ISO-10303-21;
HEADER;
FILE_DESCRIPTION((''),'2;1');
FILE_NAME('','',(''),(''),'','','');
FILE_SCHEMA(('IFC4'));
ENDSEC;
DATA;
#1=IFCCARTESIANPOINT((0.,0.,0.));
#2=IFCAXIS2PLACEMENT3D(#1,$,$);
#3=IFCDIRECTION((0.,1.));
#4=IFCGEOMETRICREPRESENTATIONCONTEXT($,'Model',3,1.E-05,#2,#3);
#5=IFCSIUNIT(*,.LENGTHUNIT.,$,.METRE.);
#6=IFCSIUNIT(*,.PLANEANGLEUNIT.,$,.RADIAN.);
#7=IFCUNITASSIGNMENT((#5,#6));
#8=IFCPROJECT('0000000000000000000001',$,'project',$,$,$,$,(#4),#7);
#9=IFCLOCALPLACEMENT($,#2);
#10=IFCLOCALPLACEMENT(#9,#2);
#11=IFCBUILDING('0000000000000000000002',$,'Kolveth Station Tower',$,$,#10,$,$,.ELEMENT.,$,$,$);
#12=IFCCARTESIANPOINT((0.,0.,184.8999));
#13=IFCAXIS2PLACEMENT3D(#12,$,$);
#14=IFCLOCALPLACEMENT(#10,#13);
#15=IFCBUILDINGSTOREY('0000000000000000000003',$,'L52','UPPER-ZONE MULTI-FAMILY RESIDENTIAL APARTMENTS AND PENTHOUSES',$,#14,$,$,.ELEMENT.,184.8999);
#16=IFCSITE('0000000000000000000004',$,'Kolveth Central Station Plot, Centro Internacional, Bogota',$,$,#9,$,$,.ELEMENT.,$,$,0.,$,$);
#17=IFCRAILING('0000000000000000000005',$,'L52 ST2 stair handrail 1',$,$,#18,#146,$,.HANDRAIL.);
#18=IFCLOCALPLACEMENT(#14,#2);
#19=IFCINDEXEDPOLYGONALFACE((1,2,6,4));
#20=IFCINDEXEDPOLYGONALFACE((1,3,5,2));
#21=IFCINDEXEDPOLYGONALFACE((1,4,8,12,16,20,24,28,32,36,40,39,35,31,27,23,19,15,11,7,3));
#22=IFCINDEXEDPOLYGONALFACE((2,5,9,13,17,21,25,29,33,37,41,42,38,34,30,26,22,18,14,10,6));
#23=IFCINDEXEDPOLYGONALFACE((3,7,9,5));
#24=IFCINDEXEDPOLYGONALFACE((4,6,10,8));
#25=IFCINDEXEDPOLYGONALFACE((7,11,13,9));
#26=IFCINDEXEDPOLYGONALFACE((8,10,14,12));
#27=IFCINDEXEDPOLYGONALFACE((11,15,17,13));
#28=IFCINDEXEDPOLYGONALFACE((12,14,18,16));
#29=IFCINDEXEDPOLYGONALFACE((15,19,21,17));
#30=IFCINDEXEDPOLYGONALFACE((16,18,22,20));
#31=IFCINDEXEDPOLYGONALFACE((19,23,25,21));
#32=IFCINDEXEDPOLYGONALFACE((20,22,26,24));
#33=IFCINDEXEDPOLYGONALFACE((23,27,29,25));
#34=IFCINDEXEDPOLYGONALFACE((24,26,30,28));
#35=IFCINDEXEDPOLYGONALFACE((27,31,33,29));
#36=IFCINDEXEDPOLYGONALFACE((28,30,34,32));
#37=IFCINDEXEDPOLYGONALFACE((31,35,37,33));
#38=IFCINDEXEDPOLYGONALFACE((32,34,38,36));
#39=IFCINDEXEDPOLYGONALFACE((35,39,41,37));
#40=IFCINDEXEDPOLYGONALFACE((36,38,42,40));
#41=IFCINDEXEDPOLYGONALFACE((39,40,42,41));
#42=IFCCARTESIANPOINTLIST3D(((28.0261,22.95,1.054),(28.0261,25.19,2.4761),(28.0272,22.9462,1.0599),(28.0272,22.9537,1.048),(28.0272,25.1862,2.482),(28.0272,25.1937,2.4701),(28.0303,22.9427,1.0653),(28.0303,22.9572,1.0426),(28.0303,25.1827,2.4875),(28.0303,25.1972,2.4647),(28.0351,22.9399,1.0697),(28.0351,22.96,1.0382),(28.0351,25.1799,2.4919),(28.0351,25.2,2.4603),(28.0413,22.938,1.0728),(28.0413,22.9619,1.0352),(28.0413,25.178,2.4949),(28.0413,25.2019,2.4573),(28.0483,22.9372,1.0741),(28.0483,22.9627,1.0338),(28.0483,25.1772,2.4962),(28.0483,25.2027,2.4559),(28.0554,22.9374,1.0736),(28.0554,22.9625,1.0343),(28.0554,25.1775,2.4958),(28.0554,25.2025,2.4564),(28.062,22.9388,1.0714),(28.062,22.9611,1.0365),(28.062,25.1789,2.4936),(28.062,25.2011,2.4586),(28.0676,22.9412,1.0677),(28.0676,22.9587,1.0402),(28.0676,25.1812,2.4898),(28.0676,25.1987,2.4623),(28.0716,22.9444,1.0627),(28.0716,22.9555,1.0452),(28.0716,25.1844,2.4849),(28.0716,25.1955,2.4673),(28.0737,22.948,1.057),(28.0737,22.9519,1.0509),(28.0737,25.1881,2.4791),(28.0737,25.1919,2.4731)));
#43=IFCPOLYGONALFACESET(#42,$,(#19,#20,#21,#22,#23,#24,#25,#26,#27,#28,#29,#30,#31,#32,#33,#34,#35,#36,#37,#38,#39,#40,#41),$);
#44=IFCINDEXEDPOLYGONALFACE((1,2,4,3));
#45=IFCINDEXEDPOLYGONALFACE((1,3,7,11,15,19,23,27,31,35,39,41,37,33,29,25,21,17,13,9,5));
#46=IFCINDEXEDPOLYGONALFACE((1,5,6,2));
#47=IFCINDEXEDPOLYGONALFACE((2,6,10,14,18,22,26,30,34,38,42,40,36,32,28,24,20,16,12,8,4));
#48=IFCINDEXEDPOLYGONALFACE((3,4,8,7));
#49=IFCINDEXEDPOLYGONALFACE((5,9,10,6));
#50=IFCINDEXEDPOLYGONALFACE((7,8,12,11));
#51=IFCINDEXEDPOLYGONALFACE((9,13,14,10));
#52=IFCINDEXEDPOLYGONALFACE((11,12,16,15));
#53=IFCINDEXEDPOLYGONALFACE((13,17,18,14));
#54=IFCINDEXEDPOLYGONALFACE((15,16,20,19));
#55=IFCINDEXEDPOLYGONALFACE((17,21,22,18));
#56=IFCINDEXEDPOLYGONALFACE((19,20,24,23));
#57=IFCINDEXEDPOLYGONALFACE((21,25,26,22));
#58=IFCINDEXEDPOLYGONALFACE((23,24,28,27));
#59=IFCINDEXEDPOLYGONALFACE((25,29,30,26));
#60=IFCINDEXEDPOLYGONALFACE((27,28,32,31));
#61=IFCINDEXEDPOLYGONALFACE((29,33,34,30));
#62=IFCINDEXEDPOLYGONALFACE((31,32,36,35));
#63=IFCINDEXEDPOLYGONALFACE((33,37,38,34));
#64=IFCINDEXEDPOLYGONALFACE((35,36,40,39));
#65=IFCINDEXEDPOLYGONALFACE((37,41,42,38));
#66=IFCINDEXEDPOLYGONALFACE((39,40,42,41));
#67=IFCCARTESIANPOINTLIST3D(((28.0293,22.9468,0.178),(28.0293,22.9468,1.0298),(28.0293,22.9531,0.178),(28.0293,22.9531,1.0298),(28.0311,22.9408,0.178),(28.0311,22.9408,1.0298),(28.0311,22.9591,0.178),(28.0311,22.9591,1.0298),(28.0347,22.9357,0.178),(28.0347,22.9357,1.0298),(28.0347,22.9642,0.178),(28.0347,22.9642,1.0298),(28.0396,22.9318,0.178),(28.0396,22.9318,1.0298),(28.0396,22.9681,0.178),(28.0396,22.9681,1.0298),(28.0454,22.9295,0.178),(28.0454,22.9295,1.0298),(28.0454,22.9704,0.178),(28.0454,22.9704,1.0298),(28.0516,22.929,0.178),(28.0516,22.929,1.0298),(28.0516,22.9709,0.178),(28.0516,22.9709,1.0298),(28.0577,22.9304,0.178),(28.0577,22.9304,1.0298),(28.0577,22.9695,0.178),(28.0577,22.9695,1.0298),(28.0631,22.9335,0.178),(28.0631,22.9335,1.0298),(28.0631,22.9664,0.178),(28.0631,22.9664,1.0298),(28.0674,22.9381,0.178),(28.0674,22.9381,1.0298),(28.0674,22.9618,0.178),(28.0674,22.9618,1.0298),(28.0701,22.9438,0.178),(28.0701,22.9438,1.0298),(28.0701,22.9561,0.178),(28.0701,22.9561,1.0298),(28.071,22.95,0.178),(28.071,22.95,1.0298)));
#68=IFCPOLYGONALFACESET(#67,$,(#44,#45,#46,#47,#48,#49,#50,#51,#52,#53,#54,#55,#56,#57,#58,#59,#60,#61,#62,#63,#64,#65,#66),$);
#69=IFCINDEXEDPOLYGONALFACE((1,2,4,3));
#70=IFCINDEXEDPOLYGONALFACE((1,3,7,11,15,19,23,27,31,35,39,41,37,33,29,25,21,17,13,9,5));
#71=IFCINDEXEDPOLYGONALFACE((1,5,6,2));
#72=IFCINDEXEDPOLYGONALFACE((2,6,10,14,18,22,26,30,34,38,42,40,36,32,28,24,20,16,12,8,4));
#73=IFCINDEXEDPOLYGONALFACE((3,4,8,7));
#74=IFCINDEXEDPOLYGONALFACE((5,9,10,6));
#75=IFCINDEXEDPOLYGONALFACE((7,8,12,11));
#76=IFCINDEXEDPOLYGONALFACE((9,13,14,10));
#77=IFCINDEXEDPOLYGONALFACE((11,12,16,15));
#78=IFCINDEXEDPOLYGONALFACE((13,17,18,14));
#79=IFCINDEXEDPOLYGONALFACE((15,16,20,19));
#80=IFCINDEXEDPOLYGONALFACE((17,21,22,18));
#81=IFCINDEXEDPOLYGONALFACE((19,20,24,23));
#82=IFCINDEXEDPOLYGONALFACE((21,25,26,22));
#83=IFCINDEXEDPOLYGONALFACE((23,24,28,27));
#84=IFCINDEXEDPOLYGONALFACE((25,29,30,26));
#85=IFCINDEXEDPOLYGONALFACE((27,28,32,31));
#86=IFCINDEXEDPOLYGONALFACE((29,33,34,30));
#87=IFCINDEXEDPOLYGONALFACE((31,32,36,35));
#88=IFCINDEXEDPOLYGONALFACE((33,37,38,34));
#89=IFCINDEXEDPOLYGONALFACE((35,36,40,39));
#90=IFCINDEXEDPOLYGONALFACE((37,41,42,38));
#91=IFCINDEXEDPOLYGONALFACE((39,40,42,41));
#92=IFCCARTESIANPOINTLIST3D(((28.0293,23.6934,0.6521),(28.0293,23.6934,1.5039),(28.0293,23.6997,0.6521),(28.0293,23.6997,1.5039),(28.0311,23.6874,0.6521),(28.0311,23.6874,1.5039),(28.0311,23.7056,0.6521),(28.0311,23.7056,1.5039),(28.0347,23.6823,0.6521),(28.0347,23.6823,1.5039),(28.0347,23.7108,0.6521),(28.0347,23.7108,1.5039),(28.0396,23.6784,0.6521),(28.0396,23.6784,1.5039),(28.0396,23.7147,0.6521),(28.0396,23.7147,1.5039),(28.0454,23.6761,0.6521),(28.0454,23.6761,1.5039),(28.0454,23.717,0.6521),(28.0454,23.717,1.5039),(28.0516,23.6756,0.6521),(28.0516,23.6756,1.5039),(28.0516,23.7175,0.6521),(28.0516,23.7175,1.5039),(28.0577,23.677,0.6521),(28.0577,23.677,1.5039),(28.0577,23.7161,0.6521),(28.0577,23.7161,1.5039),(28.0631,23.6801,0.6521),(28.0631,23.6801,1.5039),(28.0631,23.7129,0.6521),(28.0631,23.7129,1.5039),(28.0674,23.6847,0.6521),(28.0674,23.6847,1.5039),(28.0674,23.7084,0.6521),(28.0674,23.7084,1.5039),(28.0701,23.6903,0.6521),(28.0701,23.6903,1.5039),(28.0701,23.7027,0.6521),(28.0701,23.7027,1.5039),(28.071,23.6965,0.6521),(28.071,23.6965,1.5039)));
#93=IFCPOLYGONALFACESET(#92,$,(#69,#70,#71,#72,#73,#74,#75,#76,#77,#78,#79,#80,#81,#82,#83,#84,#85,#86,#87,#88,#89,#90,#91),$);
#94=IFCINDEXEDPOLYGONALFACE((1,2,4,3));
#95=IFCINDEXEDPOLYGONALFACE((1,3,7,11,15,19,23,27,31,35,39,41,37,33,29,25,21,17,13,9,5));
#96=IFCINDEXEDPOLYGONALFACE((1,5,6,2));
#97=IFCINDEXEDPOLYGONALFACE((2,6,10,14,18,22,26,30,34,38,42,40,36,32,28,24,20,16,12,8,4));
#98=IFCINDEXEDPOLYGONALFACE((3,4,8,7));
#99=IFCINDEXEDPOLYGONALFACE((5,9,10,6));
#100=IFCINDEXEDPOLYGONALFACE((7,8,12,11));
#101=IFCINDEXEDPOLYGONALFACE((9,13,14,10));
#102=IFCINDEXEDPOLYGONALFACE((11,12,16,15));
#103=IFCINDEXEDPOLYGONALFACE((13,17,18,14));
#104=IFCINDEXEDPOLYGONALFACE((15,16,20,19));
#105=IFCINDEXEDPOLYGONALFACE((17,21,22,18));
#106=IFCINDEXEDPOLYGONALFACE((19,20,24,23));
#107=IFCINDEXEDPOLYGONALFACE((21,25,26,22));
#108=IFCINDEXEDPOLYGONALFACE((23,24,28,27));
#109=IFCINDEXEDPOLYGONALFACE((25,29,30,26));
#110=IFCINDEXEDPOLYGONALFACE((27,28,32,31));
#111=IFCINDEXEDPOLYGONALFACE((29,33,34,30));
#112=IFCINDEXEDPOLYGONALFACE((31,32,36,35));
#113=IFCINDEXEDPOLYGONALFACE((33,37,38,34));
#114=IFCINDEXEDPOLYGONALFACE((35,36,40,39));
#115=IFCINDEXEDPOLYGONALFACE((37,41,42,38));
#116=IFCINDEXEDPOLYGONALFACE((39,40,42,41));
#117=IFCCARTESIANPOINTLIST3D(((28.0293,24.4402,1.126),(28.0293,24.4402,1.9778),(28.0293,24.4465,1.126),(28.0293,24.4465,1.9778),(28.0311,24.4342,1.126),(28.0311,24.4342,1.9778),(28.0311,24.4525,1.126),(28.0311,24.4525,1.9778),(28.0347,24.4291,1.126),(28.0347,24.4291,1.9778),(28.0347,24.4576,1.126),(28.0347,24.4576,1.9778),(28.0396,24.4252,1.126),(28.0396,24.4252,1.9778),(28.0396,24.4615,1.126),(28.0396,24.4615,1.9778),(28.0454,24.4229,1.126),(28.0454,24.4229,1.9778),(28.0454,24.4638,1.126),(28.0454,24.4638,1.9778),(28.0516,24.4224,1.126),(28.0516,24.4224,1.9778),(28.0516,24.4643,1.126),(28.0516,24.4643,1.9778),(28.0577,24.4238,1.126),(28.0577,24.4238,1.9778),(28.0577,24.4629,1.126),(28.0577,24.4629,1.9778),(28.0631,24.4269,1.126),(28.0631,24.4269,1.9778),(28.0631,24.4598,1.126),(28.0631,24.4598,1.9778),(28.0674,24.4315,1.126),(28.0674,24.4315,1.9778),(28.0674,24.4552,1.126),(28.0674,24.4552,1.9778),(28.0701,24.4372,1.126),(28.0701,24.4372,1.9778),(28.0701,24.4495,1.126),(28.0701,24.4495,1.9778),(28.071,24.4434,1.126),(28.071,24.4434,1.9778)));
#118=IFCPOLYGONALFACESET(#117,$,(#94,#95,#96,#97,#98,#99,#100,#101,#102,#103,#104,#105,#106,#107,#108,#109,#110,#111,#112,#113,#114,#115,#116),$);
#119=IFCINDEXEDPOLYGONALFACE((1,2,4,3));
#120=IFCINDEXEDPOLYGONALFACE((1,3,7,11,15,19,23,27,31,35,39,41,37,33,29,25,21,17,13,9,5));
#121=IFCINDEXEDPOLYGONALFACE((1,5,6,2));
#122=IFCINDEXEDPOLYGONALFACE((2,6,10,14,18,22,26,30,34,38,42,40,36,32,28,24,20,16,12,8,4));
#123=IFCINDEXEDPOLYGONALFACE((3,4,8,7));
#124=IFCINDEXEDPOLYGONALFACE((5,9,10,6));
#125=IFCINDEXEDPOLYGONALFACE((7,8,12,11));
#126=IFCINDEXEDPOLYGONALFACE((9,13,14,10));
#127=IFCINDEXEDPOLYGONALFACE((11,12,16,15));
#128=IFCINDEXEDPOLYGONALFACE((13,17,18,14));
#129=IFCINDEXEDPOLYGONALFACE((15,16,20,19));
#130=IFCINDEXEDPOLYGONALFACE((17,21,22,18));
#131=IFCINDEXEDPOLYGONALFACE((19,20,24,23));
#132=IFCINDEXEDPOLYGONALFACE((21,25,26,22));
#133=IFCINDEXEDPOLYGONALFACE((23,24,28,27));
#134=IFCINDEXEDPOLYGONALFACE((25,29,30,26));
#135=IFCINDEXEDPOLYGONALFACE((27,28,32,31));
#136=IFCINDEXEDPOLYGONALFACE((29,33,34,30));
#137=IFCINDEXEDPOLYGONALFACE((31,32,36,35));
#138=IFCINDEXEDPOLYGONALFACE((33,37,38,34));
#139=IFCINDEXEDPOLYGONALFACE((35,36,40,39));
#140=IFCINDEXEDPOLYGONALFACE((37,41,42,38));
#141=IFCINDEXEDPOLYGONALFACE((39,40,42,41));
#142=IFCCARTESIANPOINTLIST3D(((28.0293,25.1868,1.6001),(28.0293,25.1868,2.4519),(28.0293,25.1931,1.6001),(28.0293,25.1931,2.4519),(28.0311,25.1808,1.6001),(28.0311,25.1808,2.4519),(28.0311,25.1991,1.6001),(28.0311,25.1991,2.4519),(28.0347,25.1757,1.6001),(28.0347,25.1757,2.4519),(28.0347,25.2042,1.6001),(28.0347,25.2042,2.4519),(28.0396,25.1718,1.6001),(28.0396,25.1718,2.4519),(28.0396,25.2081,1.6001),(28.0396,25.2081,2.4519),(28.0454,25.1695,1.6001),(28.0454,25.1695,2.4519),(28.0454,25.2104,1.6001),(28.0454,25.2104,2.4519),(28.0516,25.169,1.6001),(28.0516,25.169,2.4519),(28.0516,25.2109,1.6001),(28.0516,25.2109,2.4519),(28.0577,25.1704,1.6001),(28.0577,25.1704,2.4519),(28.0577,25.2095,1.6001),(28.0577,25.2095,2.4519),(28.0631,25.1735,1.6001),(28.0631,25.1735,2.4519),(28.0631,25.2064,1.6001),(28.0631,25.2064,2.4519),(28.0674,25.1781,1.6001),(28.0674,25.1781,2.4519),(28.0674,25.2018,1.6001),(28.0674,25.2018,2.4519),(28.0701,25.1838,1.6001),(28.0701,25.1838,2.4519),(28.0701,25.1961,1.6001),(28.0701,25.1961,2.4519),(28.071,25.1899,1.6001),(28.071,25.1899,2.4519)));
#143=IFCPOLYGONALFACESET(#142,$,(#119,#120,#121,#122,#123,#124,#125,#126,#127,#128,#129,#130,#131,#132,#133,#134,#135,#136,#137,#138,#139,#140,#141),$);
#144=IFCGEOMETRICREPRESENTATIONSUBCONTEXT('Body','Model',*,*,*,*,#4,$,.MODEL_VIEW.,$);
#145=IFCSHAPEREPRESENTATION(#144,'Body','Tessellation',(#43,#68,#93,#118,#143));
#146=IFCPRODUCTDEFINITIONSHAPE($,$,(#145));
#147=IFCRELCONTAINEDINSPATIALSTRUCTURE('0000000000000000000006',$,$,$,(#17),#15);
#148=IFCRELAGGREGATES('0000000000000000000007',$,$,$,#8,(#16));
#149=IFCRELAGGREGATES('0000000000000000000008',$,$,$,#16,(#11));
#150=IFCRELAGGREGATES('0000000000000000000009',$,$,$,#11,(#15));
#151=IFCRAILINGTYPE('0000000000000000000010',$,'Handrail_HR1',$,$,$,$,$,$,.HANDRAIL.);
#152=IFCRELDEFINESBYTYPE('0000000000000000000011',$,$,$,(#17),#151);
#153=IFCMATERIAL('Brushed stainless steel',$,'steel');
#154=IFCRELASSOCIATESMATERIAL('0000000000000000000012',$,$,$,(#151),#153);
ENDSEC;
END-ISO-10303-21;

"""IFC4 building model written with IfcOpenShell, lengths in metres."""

from ifc_helpers import new_model, si_unit, direction, frame, origin, origin_2d, place, context, subcontext, project, spatial, circle, extrude, material, type_object, element, save


model = new_model("IFC4")

# Units and contexts
model_context = context("Model", 3, precision=1e-05, world=origin(), true_north=direction((0.0, 1.0)))
body_context = subcontext(model_context, "Body", "Model", "MODEL_VIEW")
ifc_project = project(units=[si_unit("LENGTHUNIT", "METRE"), si_unit("PLANEANGLEUNIT", "RADIAN")], contexts=[model_context])

# Site, building, storey
site_placement = place(None, origin())
site = spatial("IfcSite", under=ifc_project, at=site_placement, Name="Kolveth Central Station Plot, Centro Internacional, Bogota", CompositionType="ELEMENT", RefElevation=0.0)
building_placement = place(site_placement, origin())
building = spatial("IfcBuilding", under=site, at=building_placement, Name="Kolveth Station Tower", CompositionType="ELEMENT")
storey_placement = place(building_placement, frame((0.0, 0.0, 184.8999)))
storey = spatial("IfcBuildingStorey", under=building, at=storey_placement, Name="L52", Description="UPPER-ZONE MULTI-FAMILY RESIDENTIAL APARTMENTS AND PENTHOUSES", CompositionType="ELEMENT", Elevation=184.8999)

# Railing
ifc_material_1 = material(Name="Brushed stainless steel", Category="steel")
railing_type_1 = type_object("IfcRailingType", Name="Handrail_HR1", PredefinedType="HANDRAIL", material=ifc_material_1)
railing_1_placement = place(storey_placement, frame((28.05, 22.95, 0.178)))
element("IfcRailing", 1, at=railing_1_placement, inside=storey, type_object=railing_type_1, Name="L52 ST2 stair handrail 1", PredefinedType="HANDRAIL", context=body_context, shape_type="SweptSolid", body=[
    extrude(circle(Radius=0.0239, at=origin_2d()), frame((0.0, 0.0, 0.876), z_axis=(0.0, 0.844229, 0.535982), x_axis=(-1.0, 0.0, 0.0)), (0.0, 0.0, 1.0), 2.6533),
    extrude(circle(Radius=0.021, at=origin_2d()), origin(), (0.0, 0.0, 1.0), 0.8518),
    extrude(circle(Radius=0.021, at=origin_2d()), frame((0.0, 0.7466, 0.4741)), (0.0, 0.0, 1.0), 0.8518),
    extrude(circle(Radius=0.021, at=origin_2d()), frame((0.0, 1.4934, 0.948)), (0.0, 0.0, 1.0), 0.8518),
    extrude(circle(Radius=0.021, at=origin_2d()), frame((0.0, 2.24, 1.4221)), (0.0, 0.0, 1.0), 0.8518),
])

save(model, "model.ifc")
